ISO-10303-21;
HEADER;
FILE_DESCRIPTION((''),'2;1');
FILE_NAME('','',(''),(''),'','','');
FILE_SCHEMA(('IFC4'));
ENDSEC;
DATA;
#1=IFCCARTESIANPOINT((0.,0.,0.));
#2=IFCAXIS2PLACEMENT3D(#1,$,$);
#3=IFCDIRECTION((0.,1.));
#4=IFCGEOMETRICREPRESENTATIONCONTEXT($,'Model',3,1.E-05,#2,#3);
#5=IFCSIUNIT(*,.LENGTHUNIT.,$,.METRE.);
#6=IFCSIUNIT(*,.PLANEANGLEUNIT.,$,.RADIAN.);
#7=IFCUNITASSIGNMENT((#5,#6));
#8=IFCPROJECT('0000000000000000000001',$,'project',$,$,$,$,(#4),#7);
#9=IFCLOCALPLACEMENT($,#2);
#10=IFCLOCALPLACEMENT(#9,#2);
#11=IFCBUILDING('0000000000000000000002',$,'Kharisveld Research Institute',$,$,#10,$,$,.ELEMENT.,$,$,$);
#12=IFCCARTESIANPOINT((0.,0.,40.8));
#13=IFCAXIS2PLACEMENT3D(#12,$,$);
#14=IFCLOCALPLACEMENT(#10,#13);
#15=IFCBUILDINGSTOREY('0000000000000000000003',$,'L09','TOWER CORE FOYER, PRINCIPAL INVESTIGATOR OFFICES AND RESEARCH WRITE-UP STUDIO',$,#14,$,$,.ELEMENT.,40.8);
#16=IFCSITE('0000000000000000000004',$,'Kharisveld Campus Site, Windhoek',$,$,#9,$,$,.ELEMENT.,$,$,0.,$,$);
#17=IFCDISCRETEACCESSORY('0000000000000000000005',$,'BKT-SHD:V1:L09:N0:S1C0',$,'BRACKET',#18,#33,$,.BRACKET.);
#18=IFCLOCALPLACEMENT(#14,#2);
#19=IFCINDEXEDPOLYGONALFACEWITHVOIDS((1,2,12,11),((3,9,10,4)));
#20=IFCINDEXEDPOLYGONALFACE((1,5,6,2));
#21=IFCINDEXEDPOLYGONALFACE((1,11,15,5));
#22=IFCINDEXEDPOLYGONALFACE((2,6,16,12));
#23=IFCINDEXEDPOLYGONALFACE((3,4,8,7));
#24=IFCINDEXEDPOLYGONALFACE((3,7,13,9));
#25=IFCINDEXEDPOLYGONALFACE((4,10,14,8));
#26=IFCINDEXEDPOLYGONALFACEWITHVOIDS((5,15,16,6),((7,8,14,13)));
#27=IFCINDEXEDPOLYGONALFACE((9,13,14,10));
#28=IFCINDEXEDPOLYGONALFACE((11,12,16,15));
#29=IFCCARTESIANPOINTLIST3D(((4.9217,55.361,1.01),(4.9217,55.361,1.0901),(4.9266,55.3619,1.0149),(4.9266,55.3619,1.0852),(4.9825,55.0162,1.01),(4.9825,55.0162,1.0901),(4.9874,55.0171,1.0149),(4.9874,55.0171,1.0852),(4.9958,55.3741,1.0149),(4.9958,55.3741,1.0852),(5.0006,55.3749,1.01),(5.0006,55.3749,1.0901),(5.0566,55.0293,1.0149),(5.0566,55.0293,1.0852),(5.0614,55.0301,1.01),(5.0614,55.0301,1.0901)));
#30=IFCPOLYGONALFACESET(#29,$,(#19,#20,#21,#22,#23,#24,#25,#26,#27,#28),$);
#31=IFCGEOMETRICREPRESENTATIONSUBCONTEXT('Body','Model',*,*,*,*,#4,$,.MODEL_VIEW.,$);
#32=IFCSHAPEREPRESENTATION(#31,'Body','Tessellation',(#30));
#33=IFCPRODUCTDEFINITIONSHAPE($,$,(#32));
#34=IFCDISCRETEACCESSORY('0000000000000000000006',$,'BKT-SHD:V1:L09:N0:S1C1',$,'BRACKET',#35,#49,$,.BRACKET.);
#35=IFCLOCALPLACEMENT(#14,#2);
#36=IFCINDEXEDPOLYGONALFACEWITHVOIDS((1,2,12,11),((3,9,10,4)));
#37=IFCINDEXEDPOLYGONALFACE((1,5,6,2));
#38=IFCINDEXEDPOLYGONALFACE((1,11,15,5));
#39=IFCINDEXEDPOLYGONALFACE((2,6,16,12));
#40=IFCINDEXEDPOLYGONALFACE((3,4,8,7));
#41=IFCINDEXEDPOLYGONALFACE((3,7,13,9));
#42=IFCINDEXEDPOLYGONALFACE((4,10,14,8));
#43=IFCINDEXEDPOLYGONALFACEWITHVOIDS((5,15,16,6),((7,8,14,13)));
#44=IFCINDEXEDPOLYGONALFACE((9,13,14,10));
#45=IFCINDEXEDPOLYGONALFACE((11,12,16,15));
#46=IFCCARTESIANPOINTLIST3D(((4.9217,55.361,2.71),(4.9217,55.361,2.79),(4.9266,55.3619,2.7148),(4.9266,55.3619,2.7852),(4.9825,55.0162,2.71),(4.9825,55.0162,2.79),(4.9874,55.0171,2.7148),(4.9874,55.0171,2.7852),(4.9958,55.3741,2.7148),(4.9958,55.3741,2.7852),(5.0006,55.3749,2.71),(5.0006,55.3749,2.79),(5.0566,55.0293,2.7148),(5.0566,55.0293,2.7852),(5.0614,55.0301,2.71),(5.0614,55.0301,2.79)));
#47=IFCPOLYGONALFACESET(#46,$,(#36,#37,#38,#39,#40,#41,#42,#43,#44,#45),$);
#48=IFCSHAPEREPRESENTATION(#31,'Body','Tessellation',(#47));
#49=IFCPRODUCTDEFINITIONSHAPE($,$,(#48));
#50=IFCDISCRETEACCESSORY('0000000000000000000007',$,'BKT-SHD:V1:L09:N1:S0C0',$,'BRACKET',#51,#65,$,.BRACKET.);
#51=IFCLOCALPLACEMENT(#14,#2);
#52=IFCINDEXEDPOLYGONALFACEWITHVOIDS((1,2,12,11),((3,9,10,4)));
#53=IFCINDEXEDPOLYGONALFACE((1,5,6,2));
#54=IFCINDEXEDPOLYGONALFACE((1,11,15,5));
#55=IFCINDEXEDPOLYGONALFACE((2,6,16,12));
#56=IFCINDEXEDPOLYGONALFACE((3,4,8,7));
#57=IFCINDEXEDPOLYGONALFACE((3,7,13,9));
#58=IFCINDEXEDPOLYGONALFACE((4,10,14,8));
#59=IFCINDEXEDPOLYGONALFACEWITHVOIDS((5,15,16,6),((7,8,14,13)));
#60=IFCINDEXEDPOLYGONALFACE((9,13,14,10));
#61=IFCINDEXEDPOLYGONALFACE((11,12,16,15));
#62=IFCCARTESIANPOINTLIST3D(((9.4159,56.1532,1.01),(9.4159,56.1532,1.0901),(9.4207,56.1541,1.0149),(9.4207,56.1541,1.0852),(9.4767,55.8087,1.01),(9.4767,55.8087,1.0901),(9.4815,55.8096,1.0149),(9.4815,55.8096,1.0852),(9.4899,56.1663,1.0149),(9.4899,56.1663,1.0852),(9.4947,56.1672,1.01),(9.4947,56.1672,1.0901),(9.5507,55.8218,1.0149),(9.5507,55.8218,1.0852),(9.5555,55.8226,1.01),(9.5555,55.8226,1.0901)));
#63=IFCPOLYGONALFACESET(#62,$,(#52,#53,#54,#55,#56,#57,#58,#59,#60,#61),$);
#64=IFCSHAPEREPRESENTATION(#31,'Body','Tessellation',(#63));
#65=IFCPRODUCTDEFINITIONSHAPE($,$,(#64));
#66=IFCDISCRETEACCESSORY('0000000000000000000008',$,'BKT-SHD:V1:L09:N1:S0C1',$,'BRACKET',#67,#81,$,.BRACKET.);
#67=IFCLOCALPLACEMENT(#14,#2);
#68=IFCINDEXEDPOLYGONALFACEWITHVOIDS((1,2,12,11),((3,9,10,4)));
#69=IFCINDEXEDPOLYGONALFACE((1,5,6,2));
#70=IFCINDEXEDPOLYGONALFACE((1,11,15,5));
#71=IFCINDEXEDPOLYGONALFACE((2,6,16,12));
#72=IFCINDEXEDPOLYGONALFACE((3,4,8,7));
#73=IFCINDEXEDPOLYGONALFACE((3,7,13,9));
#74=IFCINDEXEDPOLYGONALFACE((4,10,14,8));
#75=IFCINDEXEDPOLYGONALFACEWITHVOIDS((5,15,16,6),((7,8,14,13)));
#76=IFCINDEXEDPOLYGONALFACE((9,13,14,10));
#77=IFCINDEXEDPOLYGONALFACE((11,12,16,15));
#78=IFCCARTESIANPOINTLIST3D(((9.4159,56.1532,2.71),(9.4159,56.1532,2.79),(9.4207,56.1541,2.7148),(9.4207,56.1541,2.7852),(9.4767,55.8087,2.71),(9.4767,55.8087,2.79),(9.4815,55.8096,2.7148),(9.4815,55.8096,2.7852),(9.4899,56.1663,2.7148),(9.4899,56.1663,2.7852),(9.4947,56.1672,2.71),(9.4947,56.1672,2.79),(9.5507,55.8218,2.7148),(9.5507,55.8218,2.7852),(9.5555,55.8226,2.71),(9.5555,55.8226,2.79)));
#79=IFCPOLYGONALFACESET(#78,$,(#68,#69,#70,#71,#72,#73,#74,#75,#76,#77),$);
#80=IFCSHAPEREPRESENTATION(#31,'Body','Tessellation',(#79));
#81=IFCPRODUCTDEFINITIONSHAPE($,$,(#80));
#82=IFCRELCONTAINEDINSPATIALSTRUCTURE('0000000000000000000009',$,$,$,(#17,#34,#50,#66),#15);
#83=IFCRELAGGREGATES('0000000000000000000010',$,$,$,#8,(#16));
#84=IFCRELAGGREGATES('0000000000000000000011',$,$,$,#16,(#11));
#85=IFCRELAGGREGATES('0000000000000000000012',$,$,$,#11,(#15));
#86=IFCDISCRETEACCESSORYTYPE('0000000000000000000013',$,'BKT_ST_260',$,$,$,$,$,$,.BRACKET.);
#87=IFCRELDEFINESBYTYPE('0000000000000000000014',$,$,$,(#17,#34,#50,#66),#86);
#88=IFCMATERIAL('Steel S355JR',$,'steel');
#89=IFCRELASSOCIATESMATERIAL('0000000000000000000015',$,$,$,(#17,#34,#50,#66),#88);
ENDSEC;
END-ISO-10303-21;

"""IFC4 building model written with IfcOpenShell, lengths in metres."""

from ifc_helpers import new_model, si_unit, direction, frame, origin, origin_2d, place, context, subcontext, project, spatial, hollow_rectangle, extrude, material, type_object, element, save


model = new_model("IFC4")

# Units and contexts
model_context = context("Model", 3, precision=1e-05, world=origin(), true_north=direction((0.0, 1.0)))
body_context = subcontext(model_context, "Body", "Model", "MODEL_VIEW")
ifc_project = project(units=[si_unit("LENGTHUNIT", "METRE"), si_unit("PLANEANGLEUNIT", "RADIAN")], contexts=[model_context])

# Site, building, storey
site_placement = place(None, origin())
site = spatial("IfcSite", under=ifc_project, at=site_placement, Name="Kharisveld Campus Site, Windhoek", CompositionType="ELEMENT", RefElevation=0.0)
building_placement = place(site_placement, origin())
building = spatial("IfcBuilding", under=site, at=building_placement, Name="Kharisveld Research Institute", CompositionType="ELEMENT")
storey_placement = place(building_placement, frame((0.0, 0.0, 40.8)))
storey = spatial("IfcBuildingStorey", under=building, at=storey_placement, Name="L09", Description="TOWER CORE FOYER, PRINCIPAL INVESTIGATOR OFFICES AND RESEARCH WRITE-UP STUDIO", CompositionType="ELEMENT", Elevation=40.8)

# Discrete accessories
ifc_material_1 = material(Name="Steel S355JR", Category="steel")
discrete_accessory_type = type_object("IfcDiscreteAccessoryType", Name="BKT_ST_260", PredefinedType="BRACKET")
for number, where, z_axis, x_axis, name in (
    (1, (5.022, 55.0232, 1.05), (-0.173666, 0.984805, 0.0), (-0.984805, -0.173666, 0.0), "BKT-SHD:V1:L09:N0:S1C0"),
    (2, (5.022, 55.0232, 2.75), (-0.173666, 0.984805, 0.0), (-0.984805, -0.173666, 0.0), "BKT-SHD:V1:L09:N0:S1C1"),
):
    element("IfcDiscreteAccessory", number, at=place(storey_placement, frame(where, z_axis=z_axis, x_axis=x_axis)), inside=storey, type_object=discrete_accessory_type, material=ifc_material_1, Name=name, ObjectType="BRACKET", PredefinedType="BRACKET", context=body_context, shape_type="SweptSolid", body=[
        extrude(hollow_rectangle(XDim=0.0801, YDim=0.0801, WallThickness=0.0049, at=origin_2d()), origin(), (0.0, 0.0, 1.0), 0.3501),
    ])
for number, where, z_axis, x_axis, name in (
    (3, (9.5161, 55.8157, 1.05), (-0.173785, 0.984784, 0.0), (-0.984784, -0.173785, 0.0), "BKT-SHD:V1:L09:N1:S0C0"),
    (4, (9.5161, 55.8157, 2.75), (-0.173785, 0.984784, 0.0), (-0.984784, -0.173785, 0.0), "BKT-SHD:V1:L09:N1:S0C1"),
):
    element("IfcDiscreteAccessory", number, at=place(storey_placement, frame(where, z_axis=z_axis, x_axis=x_axis)), inside=storey, type_object=discrete_accessory_type, material=ifc_material_1, Name=name, ObjectType="BRACKET", PredefinedType="BRACKET", context=body_context, shape_type="SweptSolid", body=[
        extrude(hollow_rectangle(XDim=0.0801, YDim=0.0801, WallThickness=0.0049, at=origin_2d()), origin(), (0.0, 0.0, 1.0), 0.3499),
    ])

save(model, "model.ifc")
